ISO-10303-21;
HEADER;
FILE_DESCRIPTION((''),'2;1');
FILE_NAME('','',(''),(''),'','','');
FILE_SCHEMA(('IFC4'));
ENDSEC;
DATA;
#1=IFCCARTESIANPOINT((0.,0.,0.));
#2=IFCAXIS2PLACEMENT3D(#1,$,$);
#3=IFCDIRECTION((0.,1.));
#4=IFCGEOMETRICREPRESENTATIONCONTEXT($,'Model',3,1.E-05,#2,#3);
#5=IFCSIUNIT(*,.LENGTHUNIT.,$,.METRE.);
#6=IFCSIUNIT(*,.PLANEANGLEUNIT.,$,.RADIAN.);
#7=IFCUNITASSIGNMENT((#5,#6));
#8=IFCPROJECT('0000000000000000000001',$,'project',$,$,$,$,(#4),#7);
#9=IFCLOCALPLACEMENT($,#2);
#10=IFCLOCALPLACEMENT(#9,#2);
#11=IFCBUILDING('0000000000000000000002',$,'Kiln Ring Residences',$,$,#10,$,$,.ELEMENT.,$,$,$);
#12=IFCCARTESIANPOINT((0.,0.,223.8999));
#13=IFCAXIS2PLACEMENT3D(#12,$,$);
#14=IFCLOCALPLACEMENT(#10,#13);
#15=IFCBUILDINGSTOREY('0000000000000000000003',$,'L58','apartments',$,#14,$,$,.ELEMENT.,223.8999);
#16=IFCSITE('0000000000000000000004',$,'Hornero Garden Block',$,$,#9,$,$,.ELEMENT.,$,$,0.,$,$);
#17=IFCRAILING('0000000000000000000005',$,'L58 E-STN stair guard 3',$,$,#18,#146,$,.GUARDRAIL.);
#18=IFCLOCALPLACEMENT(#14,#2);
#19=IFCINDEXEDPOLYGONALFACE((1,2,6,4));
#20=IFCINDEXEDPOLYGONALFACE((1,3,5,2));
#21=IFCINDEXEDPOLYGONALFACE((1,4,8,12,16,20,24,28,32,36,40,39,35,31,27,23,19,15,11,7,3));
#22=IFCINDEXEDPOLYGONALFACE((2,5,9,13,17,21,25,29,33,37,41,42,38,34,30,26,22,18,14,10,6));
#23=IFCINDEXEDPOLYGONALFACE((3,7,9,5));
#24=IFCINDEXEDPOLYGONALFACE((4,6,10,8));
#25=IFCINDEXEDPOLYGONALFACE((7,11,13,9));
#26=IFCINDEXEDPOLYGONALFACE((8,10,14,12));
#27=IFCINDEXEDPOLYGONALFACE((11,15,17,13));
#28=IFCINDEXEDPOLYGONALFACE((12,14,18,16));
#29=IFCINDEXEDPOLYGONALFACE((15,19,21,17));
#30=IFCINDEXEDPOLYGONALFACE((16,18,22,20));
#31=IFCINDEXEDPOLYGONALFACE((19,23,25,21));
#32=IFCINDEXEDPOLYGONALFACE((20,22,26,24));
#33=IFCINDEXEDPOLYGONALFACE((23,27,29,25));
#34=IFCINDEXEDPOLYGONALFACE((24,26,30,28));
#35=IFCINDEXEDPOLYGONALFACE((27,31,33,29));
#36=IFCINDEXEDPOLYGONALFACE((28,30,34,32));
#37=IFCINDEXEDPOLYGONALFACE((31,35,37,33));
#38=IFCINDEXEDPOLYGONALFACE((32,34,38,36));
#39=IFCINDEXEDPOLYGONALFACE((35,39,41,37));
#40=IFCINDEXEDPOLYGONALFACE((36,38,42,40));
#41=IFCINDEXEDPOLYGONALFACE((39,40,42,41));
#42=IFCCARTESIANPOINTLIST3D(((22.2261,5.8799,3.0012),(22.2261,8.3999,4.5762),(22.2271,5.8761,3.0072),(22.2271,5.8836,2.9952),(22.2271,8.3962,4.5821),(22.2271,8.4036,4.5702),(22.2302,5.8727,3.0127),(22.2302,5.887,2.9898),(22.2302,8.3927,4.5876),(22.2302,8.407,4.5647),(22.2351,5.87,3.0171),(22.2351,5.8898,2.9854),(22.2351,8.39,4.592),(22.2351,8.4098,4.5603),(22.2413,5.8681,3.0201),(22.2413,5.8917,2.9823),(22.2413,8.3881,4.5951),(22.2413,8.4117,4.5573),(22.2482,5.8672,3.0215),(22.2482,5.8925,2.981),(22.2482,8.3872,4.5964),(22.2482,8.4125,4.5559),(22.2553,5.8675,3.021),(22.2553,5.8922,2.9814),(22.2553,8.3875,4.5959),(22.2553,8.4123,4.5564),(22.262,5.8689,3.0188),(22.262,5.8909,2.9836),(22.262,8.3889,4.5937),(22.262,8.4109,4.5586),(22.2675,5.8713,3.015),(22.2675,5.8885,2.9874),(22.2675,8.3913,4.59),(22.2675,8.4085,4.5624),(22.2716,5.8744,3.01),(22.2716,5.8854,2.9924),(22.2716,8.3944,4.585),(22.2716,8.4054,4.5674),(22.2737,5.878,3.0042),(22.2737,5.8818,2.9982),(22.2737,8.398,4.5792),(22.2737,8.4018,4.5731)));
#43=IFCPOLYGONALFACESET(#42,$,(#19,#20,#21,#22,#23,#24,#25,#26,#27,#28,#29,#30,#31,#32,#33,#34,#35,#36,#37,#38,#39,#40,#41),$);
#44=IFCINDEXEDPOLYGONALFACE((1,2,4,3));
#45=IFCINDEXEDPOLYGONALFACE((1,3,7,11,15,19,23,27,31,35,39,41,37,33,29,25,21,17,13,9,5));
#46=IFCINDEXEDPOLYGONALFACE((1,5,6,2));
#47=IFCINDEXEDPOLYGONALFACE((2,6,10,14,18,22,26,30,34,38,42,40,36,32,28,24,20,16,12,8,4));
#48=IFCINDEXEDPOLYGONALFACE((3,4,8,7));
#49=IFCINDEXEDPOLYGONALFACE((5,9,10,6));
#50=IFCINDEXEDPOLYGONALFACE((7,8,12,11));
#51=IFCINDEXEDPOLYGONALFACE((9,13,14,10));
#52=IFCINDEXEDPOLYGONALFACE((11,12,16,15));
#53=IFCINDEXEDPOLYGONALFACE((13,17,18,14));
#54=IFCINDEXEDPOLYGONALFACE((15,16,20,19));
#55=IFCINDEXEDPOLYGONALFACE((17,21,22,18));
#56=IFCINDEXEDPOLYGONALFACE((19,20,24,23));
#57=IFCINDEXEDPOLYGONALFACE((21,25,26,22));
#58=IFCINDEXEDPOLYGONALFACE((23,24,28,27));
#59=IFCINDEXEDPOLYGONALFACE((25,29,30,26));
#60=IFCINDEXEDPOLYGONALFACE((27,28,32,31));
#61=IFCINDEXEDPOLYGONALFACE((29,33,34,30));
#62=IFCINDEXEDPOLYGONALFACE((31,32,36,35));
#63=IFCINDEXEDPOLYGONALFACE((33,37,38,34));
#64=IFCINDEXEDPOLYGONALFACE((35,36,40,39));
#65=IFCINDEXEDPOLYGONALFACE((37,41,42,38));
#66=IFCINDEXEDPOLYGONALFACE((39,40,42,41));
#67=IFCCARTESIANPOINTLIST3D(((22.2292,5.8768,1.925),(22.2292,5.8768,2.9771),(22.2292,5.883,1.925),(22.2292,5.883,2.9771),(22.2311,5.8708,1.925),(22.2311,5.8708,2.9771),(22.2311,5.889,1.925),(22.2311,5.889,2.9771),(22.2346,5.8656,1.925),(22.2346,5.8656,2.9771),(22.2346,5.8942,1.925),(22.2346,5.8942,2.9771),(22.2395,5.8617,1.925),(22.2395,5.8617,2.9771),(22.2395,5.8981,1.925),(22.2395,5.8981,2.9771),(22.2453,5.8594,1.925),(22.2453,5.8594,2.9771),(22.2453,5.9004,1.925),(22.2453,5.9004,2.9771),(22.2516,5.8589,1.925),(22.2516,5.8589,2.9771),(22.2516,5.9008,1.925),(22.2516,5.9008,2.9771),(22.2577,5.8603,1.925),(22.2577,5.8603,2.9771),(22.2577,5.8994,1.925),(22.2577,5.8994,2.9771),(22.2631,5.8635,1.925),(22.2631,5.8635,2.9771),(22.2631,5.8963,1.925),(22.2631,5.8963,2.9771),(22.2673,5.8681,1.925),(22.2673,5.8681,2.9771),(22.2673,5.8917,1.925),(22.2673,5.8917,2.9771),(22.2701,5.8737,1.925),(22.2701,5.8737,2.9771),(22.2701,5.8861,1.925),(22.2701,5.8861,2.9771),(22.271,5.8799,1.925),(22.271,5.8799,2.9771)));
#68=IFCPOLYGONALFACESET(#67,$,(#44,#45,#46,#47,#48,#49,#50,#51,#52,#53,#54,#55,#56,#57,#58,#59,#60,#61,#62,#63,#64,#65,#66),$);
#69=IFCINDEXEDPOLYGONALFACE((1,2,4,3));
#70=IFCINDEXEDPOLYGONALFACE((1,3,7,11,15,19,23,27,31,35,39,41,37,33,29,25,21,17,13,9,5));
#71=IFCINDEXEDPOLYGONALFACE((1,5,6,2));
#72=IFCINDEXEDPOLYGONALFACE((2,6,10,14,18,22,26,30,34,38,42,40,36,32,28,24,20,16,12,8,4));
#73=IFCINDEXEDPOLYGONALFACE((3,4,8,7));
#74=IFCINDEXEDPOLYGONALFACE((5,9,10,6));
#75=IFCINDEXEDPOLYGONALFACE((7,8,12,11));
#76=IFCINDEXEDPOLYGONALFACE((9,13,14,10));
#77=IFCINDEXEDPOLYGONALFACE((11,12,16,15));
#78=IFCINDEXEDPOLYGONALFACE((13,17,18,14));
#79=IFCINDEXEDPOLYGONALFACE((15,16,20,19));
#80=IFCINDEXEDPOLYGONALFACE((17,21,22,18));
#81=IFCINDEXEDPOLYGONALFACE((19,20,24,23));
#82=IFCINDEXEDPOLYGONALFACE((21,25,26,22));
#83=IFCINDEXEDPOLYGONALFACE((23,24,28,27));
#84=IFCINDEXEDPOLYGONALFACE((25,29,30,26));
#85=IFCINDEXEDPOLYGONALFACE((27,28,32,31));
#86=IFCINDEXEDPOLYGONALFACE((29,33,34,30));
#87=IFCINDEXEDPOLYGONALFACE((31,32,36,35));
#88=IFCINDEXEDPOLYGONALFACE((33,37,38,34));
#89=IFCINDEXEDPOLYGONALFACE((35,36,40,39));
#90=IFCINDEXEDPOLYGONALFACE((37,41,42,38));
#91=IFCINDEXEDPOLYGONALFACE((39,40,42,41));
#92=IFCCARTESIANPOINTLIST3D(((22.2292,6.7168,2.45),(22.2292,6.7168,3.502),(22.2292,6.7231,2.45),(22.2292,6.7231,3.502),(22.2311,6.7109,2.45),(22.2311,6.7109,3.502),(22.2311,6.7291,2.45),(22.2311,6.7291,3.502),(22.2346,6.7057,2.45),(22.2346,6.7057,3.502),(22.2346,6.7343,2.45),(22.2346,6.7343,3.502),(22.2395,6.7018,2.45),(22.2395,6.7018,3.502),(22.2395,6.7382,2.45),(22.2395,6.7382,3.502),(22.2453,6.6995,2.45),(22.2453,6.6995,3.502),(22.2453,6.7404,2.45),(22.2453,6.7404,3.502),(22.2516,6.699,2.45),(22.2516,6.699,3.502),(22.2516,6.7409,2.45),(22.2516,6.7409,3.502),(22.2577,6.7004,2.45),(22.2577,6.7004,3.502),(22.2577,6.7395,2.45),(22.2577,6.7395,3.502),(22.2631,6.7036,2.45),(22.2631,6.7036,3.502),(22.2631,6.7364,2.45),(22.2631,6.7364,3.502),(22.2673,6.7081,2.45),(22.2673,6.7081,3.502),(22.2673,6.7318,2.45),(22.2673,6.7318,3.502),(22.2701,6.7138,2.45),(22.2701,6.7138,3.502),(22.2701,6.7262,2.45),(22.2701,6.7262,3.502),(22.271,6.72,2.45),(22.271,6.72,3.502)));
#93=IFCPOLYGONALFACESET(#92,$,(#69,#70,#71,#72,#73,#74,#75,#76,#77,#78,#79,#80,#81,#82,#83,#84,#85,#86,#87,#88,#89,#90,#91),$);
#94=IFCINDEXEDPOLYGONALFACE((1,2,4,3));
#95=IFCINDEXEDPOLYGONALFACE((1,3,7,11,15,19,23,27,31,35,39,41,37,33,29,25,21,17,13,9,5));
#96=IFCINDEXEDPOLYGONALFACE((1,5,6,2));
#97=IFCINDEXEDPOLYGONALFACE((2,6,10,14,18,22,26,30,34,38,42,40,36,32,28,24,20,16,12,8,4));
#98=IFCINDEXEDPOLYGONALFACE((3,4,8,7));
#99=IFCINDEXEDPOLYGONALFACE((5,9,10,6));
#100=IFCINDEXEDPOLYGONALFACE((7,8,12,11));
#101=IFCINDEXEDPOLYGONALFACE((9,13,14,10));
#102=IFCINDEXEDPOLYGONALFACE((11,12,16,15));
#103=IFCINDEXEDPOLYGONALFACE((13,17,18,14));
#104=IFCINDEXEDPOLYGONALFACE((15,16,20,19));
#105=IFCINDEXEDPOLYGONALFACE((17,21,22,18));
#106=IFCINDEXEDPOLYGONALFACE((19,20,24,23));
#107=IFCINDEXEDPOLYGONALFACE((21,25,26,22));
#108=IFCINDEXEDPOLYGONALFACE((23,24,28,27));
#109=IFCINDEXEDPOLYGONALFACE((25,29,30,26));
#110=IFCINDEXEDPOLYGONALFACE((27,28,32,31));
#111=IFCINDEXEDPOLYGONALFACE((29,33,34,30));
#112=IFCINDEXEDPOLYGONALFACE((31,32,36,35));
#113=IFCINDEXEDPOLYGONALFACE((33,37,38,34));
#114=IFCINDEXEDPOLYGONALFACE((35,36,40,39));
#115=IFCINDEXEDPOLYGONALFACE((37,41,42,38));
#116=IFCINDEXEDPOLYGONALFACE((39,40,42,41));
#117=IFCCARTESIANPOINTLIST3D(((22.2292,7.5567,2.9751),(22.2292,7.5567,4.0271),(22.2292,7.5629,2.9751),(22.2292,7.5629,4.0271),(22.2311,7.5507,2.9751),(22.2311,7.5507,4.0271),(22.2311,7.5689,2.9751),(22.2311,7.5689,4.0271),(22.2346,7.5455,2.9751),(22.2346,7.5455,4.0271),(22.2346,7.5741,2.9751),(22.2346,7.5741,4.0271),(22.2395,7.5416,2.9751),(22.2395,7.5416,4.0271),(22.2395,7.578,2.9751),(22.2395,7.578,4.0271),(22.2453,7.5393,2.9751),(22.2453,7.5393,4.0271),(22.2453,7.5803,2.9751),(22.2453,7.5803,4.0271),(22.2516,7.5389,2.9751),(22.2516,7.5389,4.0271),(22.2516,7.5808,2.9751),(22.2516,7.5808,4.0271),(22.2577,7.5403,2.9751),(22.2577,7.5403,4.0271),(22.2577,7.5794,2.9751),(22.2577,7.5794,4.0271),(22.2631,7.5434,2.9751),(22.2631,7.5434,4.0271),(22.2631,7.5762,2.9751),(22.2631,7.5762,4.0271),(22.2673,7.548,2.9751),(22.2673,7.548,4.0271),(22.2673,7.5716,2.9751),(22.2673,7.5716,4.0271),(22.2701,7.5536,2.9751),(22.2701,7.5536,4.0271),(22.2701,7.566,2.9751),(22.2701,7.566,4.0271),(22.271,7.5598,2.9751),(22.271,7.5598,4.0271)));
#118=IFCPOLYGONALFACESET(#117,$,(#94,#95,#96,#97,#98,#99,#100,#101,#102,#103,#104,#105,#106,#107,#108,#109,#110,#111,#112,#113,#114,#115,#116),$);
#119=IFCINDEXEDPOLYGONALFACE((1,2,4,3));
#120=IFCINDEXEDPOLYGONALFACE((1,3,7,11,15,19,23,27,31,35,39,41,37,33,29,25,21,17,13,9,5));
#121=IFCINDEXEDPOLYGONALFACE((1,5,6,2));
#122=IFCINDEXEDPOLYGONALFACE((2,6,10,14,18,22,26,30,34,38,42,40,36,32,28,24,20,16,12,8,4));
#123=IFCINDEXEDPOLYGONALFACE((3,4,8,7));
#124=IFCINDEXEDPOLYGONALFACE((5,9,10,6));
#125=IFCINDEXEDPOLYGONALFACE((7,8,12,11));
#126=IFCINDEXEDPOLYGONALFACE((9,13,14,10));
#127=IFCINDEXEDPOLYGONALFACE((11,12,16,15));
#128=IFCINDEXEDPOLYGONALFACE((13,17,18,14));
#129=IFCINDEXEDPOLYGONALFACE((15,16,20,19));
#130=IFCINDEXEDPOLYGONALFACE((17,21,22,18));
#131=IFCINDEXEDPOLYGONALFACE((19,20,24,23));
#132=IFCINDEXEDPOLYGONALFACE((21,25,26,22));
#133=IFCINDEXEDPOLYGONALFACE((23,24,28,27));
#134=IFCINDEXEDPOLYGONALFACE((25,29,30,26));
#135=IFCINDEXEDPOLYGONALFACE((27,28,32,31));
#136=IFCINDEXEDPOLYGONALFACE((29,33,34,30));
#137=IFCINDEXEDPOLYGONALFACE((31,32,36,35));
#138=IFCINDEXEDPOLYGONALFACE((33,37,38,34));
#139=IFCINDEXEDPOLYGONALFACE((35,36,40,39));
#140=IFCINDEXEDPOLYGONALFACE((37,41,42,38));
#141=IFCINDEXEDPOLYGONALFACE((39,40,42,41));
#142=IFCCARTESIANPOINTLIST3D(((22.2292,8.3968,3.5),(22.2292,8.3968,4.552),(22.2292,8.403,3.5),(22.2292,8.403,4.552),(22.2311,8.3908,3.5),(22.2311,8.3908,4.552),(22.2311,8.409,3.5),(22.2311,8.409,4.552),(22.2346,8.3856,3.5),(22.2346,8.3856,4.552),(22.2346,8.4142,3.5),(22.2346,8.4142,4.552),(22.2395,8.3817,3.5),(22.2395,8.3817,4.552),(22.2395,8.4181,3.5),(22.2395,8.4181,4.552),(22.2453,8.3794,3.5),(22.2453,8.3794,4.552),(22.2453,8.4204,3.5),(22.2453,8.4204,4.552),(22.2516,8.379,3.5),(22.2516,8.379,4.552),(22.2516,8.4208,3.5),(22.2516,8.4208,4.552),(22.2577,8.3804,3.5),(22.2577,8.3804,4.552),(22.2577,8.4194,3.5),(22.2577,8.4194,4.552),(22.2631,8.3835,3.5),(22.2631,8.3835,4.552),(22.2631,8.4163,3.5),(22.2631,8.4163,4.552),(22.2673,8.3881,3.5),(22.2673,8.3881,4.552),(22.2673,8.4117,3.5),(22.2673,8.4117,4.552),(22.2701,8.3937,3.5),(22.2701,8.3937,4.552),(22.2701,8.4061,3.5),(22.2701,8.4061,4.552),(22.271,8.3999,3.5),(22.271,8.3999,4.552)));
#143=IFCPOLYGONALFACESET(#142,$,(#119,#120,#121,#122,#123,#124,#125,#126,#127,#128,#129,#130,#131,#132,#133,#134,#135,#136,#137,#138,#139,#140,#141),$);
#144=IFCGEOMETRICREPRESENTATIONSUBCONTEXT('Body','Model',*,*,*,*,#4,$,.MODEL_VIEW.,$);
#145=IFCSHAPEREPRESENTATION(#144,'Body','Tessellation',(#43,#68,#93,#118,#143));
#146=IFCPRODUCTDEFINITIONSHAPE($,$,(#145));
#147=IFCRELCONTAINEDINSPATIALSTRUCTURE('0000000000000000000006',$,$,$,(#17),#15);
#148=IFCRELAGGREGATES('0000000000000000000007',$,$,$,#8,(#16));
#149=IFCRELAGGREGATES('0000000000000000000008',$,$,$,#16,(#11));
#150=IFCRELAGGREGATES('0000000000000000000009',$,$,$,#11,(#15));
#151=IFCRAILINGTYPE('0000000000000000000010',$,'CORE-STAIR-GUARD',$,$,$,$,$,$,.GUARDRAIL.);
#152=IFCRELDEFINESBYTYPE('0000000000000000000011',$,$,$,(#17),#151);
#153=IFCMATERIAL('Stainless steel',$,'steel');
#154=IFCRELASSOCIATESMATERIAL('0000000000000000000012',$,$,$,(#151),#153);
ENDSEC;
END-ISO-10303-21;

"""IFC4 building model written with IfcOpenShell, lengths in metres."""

from ifc_helpers import new_model, si_unit, direction, frame, origin, origin_2d, place, context, subcontext, project, spatial, circle, extrude, material, type_object, element, save


model = new_model("IFC4")

# Units and contexts
model_context = context("Model", 3, precision=1e-05, world=origin(), true_north=direction((0.0, 1.0)))
body_context = subcontext(model_context, "Body", "Model", "MODEL_VIEW")
ifc_project = project(units=[si_unit("LENGTHUNIT", "METRE"), si_unit("PLANEANGLEUNIT", "RADIAN")], contexts=[model_context])

# Site, building, storey
site_placement = place(None, origin())
site = spatial("IfcSite", under=ifc_project, at=site_placement, Name="Hornero Garden Block", CompositionType="ELEMENT", RefElevation=0.0)
building_placement = place(site_placement, origin())
building = spatial("IfcBuilding", under=site, at=building_placement, Name="Kiln Ring Residences", CompositionType="ELEMENT")
storey_placement = place(building_placement, frame((0.0, 0.0, 223.8999)))
storey = spatial("IfcBuildingStorey", under=building, at=storey_placement, Name="L58", Description="apartments", CompositionType="ELEMENT", Elevation=223.8999)

# Railing
ifc_material_1 = material(Name="Stainless steel", Category="steel")
railing_type_1 = type_object("IfcRailingType", Name="CORE-STAIR-GUARD", PredefinedType="GUARDRAIL", material=ifc_material_1)
railing_1_placement = place(storey_placement, frame((22.25, 5.8799, 1.925)))
element("IfcRailing", 1, at=railing_1_placement, inside=storey, type_object=railing_type_1, Name="L58 E-STN stair guard 3", PredefinedType="GUARDRAIL", context=body_context, shape_type="SweptSolid", body=[
    extrude(circle(Radius=0.0239, at=origin_2d()), frame((0.0, 0.0, 1.0762), z_axis=(0.0, 0.848008, 0.529984), x_axis=(-1.0, 0.0, 0.0)), (0.0, 0.0, 1.0), 2.9717),
    extrude(circle(Radius=0.021, at=origin_2d()), origin(), (0.0, 0.0, 1.0), 1.052),
    extrude(circle(Radius=0.021, at=origin_2d()), frame((0.0, 0.8401, 0.5249)), (0.0, 0.0, 1.0), 1.052),
    extrude(circle(Radius=0.021, at=origin_2d()), frame((0.0, 1.6799, 1.05)), (0.0, 0.0, 1.0), 1.052),
    extrude(circle(Radius=0.021, at=origin_2d()), frame((0.0, 2.52, 1.575)), (0.0, 0.0, 1.0), 1.052),
])

save(model, "model.ifc")
